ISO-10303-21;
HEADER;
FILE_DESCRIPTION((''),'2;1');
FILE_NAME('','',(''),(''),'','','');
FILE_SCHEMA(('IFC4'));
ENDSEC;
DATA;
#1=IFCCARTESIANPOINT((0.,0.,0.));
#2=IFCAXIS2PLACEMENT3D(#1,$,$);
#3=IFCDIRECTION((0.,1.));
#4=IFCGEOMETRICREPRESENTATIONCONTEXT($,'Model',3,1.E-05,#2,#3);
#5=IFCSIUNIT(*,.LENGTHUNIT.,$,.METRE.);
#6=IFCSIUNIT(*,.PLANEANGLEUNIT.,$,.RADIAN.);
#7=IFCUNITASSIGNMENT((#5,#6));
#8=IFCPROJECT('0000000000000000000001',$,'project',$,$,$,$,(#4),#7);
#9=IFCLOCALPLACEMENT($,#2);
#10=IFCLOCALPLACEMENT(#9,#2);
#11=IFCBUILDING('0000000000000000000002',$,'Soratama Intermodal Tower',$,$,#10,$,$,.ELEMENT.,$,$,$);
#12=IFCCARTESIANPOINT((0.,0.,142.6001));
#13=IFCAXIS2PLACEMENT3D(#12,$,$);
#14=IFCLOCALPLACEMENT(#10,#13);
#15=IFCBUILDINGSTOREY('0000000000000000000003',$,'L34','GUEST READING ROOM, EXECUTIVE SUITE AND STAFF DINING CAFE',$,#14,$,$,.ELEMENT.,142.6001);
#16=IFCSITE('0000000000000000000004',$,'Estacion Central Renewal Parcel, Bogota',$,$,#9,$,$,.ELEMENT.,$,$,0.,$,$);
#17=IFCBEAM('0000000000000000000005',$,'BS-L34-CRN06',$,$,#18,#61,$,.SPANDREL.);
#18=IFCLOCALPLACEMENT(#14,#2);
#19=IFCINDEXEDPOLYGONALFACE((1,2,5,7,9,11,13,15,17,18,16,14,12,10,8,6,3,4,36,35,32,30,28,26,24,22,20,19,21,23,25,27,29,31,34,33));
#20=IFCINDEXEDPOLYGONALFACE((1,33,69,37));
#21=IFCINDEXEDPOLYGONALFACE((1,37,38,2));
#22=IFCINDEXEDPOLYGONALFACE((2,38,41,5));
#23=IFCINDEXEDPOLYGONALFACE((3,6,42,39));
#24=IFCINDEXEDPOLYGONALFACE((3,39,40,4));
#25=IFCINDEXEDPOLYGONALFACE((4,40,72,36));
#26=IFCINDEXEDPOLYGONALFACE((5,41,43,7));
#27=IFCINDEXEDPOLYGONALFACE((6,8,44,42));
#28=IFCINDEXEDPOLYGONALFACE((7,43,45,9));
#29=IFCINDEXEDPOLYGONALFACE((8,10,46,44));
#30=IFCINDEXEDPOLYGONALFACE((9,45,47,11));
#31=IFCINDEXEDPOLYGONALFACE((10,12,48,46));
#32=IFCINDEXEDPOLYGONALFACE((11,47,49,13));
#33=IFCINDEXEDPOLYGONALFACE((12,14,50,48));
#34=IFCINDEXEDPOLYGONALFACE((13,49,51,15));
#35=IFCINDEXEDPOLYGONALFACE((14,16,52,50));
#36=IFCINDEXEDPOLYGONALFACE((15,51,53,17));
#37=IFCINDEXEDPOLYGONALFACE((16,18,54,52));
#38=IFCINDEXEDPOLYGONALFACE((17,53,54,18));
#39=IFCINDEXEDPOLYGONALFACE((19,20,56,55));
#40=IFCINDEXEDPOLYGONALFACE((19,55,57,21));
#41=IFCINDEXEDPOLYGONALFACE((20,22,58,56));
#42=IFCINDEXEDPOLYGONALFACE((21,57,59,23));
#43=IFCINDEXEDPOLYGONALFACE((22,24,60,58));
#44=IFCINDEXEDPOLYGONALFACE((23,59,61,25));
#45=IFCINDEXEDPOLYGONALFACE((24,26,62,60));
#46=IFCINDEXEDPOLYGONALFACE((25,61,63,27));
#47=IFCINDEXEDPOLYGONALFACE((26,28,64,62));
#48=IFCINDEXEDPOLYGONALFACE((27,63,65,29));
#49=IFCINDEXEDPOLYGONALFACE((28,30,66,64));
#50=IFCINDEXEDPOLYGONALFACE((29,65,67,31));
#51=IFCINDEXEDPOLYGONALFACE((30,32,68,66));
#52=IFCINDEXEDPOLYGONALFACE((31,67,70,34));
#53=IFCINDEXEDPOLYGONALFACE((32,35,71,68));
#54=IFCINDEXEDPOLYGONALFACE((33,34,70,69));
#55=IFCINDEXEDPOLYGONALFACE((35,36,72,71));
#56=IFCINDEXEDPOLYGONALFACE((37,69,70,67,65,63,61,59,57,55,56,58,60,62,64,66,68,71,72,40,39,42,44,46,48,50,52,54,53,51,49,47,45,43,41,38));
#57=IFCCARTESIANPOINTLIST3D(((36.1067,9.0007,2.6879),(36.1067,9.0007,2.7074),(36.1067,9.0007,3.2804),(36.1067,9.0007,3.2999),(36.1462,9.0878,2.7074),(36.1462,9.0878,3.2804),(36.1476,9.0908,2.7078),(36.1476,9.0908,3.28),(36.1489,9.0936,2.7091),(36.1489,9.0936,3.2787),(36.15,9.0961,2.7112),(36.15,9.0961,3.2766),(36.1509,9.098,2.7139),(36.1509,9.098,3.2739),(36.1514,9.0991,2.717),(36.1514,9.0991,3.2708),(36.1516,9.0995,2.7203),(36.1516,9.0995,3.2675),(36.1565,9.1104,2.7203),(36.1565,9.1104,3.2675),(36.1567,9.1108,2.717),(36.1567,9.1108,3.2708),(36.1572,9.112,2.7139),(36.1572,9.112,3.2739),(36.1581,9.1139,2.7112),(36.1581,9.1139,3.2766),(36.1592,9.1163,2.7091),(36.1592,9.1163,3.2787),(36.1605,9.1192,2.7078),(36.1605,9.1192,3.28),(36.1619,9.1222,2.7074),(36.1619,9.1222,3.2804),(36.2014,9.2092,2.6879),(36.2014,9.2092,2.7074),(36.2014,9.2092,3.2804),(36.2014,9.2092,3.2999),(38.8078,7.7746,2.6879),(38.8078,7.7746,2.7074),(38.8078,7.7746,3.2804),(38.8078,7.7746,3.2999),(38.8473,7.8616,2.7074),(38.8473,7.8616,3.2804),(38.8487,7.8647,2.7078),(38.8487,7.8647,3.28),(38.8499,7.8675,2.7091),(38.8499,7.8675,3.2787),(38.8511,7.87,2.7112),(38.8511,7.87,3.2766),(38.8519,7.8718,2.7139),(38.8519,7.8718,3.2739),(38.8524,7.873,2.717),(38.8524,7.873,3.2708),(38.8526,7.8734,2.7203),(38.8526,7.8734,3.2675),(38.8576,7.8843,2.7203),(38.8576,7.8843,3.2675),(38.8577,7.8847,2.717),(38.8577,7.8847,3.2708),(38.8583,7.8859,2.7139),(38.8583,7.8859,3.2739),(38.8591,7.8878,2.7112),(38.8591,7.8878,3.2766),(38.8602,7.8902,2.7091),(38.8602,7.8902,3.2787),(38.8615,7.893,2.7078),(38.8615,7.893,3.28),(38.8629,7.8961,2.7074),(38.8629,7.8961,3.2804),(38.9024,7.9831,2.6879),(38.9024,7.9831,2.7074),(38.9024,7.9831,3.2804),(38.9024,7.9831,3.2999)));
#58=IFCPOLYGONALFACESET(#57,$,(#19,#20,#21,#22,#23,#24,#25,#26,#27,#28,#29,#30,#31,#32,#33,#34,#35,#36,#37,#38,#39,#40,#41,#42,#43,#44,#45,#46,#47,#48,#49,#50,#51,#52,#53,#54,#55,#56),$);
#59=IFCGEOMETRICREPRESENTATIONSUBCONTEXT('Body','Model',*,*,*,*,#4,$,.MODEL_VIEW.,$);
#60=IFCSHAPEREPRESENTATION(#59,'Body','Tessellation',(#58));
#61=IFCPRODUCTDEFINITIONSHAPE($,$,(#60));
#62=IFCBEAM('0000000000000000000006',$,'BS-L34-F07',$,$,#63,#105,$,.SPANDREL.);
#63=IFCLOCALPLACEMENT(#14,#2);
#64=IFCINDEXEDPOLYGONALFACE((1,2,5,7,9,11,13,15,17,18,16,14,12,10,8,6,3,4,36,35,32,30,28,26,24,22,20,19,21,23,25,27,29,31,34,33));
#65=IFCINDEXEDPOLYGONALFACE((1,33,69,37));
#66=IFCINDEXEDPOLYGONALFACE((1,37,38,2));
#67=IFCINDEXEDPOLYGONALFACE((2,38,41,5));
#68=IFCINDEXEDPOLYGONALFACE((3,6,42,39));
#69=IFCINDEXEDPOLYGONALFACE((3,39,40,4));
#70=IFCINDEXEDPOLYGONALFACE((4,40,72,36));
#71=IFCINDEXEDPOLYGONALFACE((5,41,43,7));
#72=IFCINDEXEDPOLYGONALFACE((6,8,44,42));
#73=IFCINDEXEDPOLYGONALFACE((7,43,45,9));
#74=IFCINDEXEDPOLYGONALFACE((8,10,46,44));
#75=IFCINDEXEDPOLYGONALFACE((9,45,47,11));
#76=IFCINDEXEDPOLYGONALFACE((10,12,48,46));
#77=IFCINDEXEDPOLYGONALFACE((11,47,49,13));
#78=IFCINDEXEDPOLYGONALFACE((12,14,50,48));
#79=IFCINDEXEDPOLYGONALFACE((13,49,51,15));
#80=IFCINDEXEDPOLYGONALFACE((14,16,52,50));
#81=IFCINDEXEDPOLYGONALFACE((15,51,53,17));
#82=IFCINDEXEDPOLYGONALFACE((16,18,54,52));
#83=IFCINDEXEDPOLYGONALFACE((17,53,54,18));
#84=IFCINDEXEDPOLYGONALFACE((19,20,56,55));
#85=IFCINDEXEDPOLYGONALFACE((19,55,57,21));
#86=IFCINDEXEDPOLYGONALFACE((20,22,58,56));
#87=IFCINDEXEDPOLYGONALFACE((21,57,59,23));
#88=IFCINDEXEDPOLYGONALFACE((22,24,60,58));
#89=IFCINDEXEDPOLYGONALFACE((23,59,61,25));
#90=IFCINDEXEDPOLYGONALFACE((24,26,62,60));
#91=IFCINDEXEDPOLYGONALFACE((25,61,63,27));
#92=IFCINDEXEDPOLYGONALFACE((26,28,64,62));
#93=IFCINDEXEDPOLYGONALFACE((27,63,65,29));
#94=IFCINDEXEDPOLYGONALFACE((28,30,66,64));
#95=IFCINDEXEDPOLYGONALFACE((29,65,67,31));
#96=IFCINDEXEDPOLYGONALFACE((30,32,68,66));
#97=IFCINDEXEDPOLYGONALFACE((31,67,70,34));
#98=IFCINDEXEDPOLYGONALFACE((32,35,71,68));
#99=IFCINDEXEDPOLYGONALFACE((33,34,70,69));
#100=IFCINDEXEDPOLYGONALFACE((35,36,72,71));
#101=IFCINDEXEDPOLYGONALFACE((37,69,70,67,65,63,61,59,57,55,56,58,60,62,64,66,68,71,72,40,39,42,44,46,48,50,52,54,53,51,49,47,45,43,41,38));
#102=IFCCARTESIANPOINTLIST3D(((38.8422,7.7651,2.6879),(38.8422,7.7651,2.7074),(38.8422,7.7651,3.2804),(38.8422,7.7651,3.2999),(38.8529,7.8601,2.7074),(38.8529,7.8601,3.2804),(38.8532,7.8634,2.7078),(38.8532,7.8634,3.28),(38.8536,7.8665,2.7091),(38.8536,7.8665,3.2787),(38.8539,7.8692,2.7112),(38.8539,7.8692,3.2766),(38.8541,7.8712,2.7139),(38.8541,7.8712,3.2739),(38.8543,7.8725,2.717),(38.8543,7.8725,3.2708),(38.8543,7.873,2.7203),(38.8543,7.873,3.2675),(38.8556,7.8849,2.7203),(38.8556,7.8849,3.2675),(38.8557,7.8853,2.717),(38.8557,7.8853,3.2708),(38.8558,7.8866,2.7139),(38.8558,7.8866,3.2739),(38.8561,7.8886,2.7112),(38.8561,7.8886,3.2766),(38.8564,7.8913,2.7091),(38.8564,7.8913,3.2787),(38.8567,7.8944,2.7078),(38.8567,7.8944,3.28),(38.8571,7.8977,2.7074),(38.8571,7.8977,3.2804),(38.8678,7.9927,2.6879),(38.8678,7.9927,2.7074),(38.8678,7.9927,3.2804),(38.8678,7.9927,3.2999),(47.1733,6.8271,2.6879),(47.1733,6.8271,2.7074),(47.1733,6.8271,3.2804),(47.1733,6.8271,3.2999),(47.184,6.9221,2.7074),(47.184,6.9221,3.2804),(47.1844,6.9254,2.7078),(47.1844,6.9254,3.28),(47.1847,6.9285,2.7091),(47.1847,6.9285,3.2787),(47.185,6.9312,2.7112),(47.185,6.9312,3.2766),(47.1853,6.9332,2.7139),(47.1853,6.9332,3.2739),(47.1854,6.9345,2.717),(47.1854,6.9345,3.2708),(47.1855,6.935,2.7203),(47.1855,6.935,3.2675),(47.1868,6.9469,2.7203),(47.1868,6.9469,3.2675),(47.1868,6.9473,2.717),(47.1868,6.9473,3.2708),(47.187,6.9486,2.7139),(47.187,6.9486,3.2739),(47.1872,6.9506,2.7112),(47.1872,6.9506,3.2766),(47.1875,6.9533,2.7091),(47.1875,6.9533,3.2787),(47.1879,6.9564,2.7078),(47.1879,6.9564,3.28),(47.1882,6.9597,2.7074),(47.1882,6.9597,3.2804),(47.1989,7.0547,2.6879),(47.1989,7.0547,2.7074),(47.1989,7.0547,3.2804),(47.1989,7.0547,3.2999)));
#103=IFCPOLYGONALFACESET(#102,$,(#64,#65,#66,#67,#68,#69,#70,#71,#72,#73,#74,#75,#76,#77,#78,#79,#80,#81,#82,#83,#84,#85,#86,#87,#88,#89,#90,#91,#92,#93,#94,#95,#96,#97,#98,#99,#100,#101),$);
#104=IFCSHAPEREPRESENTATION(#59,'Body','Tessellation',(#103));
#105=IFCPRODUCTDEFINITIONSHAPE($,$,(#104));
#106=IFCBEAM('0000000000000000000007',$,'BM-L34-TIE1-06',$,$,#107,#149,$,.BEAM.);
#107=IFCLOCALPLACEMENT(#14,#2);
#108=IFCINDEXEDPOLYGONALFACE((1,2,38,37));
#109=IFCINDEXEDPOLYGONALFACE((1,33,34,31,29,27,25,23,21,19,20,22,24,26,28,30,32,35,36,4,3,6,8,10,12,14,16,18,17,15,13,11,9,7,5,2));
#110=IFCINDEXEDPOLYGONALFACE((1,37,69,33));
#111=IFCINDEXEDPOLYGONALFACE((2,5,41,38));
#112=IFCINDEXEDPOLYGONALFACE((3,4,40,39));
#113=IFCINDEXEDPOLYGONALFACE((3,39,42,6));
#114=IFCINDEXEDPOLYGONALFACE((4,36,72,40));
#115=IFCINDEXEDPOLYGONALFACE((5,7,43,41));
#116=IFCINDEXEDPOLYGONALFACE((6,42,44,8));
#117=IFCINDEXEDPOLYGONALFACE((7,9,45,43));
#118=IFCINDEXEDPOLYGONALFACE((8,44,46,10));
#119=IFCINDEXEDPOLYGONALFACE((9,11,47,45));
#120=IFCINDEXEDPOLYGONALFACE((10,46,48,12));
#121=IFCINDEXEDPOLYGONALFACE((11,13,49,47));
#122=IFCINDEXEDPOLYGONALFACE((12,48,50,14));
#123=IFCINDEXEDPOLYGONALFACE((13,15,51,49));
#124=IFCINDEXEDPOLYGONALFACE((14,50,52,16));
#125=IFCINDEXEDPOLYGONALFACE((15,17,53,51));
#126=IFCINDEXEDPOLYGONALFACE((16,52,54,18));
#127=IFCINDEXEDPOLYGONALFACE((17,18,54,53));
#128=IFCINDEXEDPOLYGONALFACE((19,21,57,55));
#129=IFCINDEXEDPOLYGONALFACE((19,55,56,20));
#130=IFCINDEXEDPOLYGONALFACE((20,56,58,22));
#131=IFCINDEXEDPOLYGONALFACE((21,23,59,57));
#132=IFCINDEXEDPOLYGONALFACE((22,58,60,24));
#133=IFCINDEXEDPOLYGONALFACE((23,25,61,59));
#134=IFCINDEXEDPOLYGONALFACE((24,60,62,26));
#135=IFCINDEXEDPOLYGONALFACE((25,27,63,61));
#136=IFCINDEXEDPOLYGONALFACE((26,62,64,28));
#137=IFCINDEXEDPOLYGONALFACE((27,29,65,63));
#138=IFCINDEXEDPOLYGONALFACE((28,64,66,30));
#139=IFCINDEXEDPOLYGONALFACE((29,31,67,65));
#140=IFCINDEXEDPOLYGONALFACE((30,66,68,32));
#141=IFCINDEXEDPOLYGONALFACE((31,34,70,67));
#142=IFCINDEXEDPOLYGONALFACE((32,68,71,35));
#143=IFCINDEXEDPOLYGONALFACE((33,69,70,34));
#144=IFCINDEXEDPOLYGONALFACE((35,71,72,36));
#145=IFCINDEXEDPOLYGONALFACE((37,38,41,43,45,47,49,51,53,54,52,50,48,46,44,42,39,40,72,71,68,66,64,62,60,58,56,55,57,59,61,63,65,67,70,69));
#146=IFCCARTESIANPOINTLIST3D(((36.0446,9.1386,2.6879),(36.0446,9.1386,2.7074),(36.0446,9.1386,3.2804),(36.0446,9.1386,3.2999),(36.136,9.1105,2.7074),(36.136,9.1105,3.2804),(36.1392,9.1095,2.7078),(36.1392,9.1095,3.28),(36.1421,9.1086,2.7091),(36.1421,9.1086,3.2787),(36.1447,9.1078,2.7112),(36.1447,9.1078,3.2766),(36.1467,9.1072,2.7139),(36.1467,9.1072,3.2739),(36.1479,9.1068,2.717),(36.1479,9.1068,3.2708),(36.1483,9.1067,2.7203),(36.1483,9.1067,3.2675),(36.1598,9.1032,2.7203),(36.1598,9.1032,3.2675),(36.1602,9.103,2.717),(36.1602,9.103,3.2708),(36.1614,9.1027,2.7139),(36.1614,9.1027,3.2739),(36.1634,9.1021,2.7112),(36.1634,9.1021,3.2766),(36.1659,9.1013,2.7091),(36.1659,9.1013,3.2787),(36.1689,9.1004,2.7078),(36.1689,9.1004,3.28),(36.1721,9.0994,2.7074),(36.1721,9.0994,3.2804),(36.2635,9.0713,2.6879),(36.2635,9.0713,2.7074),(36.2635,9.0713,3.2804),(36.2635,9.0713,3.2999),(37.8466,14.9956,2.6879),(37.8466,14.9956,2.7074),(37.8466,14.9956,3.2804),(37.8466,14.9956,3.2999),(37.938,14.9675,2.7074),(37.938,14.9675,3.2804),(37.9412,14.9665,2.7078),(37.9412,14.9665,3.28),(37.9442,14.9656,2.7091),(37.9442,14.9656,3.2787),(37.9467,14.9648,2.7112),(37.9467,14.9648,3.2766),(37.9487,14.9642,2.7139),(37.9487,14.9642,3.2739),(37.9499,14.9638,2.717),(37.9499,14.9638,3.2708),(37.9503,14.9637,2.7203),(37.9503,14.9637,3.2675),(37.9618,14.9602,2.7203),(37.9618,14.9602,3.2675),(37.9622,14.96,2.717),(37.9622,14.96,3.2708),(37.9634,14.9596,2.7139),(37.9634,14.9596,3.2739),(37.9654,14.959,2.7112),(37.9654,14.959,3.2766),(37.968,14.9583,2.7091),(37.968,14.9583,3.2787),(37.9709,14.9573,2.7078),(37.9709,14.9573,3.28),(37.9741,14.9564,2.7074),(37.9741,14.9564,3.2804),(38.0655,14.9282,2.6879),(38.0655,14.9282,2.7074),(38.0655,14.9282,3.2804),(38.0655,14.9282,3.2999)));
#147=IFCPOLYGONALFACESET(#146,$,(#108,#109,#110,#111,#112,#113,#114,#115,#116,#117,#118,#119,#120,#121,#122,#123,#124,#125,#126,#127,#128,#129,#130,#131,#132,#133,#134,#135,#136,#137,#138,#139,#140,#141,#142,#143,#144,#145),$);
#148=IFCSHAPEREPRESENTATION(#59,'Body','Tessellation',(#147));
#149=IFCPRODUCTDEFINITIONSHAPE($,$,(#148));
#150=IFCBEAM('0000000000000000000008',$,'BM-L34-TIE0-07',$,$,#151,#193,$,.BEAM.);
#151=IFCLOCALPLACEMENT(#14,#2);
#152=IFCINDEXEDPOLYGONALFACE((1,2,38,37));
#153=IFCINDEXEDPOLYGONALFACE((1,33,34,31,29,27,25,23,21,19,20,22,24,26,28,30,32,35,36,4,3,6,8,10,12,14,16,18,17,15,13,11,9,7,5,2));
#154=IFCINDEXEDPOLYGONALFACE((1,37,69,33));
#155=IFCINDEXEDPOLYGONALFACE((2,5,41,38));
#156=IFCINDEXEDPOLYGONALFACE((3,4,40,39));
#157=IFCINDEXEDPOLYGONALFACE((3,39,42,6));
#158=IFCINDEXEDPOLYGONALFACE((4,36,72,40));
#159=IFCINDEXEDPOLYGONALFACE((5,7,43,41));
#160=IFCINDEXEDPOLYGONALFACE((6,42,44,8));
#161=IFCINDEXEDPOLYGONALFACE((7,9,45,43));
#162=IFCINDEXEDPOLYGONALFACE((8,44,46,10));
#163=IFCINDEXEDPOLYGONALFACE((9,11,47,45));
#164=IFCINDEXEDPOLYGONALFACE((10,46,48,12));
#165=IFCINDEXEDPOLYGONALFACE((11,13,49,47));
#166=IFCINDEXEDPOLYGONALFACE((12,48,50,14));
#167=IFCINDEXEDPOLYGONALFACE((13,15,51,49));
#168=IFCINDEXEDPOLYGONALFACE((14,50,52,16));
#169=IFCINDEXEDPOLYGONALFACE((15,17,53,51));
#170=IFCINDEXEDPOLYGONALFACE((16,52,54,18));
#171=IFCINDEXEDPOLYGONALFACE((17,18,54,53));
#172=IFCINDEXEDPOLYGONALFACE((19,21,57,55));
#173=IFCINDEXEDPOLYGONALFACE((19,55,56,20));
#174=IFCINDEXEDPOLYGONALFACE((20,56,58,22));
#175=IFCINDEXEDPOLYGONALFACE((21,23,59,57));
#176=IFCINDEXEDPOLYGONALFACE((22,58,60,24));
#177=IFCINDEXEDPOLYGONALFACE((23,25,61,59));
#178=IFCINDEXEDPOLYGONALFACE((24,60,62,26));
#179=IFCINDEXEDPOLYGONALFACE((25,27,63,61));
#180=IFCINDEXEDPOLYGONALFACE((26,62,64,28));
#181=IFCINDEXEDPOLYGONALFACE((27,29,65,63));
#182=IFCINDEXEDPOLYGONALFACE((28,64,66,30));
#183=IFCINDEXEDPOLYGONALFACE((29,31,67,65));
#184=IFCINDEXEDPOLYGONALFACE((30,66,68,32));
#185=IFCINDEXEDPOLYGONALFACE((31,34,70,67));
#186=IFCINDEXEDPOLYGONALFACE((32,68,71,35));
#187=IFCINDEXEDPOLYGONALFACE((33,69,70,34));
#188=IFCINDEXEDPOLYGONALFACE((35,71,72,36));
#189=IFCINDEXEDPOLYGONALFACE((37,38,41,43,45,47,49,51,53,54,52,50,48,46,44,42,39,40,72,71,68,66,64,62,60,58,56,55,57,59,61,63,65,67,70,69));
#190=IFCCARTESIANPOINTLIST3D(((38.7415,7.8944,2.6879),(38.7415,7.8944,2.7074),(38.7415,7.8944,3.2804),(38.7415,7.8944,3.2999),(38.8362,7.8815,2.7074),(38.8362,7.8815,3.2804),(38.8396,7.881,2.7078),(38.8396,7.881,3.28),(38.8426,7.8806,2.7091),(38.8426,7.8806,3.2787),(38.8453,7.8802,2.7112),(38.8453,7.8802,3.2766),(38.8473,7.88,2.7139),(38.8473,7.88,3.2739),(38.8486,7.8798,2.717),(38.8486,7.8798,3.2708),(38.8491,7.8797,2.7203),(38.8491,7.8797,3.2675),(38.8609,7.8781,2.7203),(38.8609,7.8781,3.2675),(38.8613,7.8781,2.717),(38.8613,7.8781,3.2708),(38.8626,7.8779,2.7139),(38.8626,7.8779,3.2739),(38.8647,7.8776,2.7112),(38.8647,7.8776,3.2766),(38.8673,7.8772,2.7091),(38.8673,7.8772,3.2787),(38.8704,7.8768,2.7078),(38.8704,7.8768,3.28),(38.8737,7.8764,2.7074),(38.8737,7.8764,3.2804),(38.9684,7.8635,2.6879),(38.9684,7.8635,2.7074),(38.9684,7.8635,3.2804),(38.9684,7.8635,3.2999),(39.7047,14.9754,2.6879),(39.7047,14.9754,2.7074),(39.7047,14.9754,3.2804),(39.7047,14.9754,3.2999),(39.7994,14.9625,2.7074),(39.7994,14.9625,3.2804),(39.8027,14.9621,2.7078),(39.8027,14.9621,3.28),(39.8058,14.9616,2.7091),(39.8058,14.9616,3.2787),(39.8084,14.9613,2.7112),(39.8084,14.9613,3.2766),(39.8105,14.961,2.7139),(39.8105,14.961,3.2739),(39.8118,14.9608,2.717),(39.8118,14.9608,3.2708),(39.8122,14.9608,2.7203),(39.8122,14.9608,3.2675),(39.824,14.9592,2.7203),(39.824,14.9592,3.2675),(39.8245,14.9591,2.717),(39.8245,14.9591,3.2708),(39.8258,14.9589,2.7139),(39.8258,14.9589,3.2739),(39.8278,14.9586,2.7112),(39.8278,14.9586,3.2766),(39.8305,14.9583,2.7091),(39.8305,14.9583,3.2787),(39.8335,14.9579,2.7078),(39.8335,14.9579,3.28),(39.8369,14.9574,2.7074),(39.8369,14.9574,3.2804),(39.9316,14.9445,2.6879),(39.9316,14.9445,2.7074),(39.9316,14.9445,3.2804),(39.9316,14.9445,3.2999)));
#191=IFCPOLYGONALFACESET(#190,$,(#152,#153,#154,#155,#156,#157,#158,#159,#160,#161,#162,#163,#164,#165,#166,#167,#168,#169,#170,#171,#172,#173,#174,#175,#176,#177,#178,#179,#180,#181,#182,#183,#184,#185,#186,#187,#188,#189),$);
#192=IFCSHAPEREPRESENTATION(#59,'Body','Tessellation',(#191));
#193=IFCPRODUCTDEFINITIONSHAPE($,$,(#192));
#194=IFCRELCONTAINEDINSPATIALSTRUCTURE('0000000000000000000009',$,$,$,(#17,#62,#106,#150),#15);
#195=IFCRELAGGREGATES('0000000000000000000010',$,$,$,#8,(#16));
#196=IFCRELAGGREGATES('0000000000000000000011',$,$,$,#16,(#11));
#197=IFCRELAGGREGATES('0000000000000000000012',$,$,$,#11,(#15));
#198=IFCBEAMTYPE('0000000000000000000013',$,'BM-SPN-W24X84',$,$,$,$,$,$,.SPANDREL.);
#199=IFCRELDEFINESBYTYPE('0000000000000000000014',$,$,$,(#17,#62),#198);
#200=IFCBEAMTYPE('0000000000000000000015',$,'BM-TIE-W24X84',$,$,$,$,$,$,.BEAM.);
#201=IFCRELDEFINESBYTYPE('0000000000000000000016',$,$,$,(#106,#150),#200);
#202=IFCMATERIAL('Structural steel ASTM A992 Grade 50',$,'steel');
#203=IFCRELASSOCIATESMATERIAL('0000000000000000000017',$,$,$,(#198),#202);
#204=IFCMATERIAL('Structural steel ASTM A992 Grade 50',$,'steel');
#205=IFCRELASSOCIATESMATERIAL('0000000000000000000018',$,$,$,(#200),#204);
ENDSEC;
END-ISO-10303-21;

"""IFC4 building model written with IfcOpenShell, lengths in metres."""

from ifc_helpers import new_model, si_unit, direction, frame, origin, origin_2d, place, context, subcontext, project, spatial, i_section, extrude, material, material_profile, profile_set, type_object, element, save


model = new_model("IFC4")

# Units and contexts
model_context = context("Model", 3, precision=1e-05, world=origin(), true_north=direction((0.0, 1.0)))
body_context = subcontext(model_context, "Body", "Model", "MODEL_VIEW")
ifc_project = project(units=[si_unit("LENGTHUNIT", "METRE"), si_unit("PLANEANGLEUNIT", "RADIAN")], contexts=[model_context])

# Site, building, storey
site_placement = place(None, origin())
site = spatial("IfcSite", under=ifc_project, at=site_placement, Name="Estacion Central Renewal Parcel, Bogota", CompositionType="ELEMENT", RefElevation=0.0)
building_placement = place(site_placement, origin())
building = spatial("IfcBuilding", under=site, at=building_placement, Name="Soratama Intermodal Tower", CompositionType="ELEMENT")
storey_placement = place(building_placement, frame((0.0, 0.0, 142.6001)))
storey = spatial("IfcBuildingStorey", under=building, at=storey_placement, Name="L34", Description="GUEST READING ROOM, EXECUTIVE SUITE AND STAFF DINING CAFE", CompositionType="ELEMENT", Elevation=142.6001)

# Beams
ifc_material_1 = material(Name="Structural steel ASTM A992 Grade 50", Category="steel")
ifc_material_profile_1 = material_profile(ifc_material_1, i_section(OverallWidth=0.229, OverallDepth=0.6121, WebThickness=0.012, FlangeThickness=0.0195, FilletRadius=0.0129, at=origin_2d()), Name="W24X84")
ifc_profile_set_1 = profile_set([ifc_material_profile_1], Name="Structural steel ASTM A992 Grade 50")
beam_type_1 = type_object("IfcBeamType", Name="BM-SPN-W24X84", PredefinedType="SPANDREL", material=ifc_profile_set_1)
beam_1_placement = place(storey_placement, frame((36.1541, 9.105, 2.9939), z_axis=(0.910572, -0.41335, 0.0), x_axis=(0.41335, 0.910572, 0.0)))
element("IfcBeam", 1, at=beam_1_placement, inside=storey, type_object=beam_type_1, Name="BS-L34-CRN06", PredefinedType="SPANDREL", context=body_context, shape_type="SweptSolid", body=[
    extrude(i_section(OverallWidth=0.229, OverallDepth=0.6121, WebThickness=0.012, FlangeThickness=0.0195, FilletRadius=0.0129, at=origin_2d()), origin(), (0.0, 0.0, 1.0), 2.9663),
])
beam_2_placement = place(storey_placement, frame((38.855, 7.8789, 2.9939), z_axis=(0.993721, -0.111882, 0.0), x_axis=(0.111882, 0.993721, 0.0)))
element("IfcBeam", 2, at=beam_2_placement, inside=storey, type_object=beam_type_1, Name="BS-L34-F07", PredefinedType="SPANDREL", context=body_context, shape_type="SweptSolid", body=[
    extrude(i_section(OverallWidth=0.229, OverallDepth=0.6121, WebThickness=0.012, FlangeThickness=0.0195, FilletRadius=0.0129, at=origin_2d()), origin(), (0.0, 0.0, 1.0), 8.3838),
])
ifc_material_2 = material(Name="Structural steel ASTM A992 Grade 50", Category="steel")
ifc_material_profile_2 = material_profile(ifc_material_2, i_section(OverallWidth=0.229, OverallDepth=0.6121, WebThickness=0.012, FlangeThickness=0.0195, FilletRadius=0.0129, at=origin_2d()), Name="W24X84")
ifc_profile_set_2 = profile_set([ifc_material_profile_2], Name="Structural steel ASTM A992 Grade 50")
beam_type_2 = type_object("IfcBeamType", Name="BM-TIE-W24X84", PredefinedType="BEAM", material=ifc_profile_set_2)
beam_3_placement = place(storey_placement, frame((37.9561, 14.9619, 2.9939), z_axis=(-0.294066, -0.955785, 0.0), x_axis=(0.955785, -0.294066, 0.0)))
element("IfcBeam", 3, at=beam_3_placement, inside=storey, type_object=beam_type_2, Name="BM-L34-TIE1-06", PredefinedType="BEAM", context=body_context, shape_type="SweptSolid", body=[
    extrude(i_section(OverallWidth=0.229, OverallDepth=0.6121, WebThickness=0.012, FlangeThickness=0.0195, FilletRadius=0.0129, at=origin_2d()), origin(), (0.0, 0.0, 1.0), 6.1279),
])
beam_4_placement = place(storey_placement, frame((39.8181, 14.96, 2.9939), z_axis=(-0.134775, -0.990876, 0.0), x_axis=(0.990876, -0.134775, 0.0)))
element("IfcBeam", 4, at=beam_4_placement, inside=storey, type_object=beam_type_2, Name="BM-L34-TIE0-07", PredefinedType="BEAM", context=body_context, shape_type="SweptSolid", body=[
    extrude(i_section(OverallWidth=0.229, OverallDepth=0.6121, WebThickness=0.012, FlangeThickness=0.0195, FilletRadius=0.0129, at=origin_2d()), origin(), (0.0, 0.0, 1.0), 7.1462),
])

save(model, "model.ifc")
